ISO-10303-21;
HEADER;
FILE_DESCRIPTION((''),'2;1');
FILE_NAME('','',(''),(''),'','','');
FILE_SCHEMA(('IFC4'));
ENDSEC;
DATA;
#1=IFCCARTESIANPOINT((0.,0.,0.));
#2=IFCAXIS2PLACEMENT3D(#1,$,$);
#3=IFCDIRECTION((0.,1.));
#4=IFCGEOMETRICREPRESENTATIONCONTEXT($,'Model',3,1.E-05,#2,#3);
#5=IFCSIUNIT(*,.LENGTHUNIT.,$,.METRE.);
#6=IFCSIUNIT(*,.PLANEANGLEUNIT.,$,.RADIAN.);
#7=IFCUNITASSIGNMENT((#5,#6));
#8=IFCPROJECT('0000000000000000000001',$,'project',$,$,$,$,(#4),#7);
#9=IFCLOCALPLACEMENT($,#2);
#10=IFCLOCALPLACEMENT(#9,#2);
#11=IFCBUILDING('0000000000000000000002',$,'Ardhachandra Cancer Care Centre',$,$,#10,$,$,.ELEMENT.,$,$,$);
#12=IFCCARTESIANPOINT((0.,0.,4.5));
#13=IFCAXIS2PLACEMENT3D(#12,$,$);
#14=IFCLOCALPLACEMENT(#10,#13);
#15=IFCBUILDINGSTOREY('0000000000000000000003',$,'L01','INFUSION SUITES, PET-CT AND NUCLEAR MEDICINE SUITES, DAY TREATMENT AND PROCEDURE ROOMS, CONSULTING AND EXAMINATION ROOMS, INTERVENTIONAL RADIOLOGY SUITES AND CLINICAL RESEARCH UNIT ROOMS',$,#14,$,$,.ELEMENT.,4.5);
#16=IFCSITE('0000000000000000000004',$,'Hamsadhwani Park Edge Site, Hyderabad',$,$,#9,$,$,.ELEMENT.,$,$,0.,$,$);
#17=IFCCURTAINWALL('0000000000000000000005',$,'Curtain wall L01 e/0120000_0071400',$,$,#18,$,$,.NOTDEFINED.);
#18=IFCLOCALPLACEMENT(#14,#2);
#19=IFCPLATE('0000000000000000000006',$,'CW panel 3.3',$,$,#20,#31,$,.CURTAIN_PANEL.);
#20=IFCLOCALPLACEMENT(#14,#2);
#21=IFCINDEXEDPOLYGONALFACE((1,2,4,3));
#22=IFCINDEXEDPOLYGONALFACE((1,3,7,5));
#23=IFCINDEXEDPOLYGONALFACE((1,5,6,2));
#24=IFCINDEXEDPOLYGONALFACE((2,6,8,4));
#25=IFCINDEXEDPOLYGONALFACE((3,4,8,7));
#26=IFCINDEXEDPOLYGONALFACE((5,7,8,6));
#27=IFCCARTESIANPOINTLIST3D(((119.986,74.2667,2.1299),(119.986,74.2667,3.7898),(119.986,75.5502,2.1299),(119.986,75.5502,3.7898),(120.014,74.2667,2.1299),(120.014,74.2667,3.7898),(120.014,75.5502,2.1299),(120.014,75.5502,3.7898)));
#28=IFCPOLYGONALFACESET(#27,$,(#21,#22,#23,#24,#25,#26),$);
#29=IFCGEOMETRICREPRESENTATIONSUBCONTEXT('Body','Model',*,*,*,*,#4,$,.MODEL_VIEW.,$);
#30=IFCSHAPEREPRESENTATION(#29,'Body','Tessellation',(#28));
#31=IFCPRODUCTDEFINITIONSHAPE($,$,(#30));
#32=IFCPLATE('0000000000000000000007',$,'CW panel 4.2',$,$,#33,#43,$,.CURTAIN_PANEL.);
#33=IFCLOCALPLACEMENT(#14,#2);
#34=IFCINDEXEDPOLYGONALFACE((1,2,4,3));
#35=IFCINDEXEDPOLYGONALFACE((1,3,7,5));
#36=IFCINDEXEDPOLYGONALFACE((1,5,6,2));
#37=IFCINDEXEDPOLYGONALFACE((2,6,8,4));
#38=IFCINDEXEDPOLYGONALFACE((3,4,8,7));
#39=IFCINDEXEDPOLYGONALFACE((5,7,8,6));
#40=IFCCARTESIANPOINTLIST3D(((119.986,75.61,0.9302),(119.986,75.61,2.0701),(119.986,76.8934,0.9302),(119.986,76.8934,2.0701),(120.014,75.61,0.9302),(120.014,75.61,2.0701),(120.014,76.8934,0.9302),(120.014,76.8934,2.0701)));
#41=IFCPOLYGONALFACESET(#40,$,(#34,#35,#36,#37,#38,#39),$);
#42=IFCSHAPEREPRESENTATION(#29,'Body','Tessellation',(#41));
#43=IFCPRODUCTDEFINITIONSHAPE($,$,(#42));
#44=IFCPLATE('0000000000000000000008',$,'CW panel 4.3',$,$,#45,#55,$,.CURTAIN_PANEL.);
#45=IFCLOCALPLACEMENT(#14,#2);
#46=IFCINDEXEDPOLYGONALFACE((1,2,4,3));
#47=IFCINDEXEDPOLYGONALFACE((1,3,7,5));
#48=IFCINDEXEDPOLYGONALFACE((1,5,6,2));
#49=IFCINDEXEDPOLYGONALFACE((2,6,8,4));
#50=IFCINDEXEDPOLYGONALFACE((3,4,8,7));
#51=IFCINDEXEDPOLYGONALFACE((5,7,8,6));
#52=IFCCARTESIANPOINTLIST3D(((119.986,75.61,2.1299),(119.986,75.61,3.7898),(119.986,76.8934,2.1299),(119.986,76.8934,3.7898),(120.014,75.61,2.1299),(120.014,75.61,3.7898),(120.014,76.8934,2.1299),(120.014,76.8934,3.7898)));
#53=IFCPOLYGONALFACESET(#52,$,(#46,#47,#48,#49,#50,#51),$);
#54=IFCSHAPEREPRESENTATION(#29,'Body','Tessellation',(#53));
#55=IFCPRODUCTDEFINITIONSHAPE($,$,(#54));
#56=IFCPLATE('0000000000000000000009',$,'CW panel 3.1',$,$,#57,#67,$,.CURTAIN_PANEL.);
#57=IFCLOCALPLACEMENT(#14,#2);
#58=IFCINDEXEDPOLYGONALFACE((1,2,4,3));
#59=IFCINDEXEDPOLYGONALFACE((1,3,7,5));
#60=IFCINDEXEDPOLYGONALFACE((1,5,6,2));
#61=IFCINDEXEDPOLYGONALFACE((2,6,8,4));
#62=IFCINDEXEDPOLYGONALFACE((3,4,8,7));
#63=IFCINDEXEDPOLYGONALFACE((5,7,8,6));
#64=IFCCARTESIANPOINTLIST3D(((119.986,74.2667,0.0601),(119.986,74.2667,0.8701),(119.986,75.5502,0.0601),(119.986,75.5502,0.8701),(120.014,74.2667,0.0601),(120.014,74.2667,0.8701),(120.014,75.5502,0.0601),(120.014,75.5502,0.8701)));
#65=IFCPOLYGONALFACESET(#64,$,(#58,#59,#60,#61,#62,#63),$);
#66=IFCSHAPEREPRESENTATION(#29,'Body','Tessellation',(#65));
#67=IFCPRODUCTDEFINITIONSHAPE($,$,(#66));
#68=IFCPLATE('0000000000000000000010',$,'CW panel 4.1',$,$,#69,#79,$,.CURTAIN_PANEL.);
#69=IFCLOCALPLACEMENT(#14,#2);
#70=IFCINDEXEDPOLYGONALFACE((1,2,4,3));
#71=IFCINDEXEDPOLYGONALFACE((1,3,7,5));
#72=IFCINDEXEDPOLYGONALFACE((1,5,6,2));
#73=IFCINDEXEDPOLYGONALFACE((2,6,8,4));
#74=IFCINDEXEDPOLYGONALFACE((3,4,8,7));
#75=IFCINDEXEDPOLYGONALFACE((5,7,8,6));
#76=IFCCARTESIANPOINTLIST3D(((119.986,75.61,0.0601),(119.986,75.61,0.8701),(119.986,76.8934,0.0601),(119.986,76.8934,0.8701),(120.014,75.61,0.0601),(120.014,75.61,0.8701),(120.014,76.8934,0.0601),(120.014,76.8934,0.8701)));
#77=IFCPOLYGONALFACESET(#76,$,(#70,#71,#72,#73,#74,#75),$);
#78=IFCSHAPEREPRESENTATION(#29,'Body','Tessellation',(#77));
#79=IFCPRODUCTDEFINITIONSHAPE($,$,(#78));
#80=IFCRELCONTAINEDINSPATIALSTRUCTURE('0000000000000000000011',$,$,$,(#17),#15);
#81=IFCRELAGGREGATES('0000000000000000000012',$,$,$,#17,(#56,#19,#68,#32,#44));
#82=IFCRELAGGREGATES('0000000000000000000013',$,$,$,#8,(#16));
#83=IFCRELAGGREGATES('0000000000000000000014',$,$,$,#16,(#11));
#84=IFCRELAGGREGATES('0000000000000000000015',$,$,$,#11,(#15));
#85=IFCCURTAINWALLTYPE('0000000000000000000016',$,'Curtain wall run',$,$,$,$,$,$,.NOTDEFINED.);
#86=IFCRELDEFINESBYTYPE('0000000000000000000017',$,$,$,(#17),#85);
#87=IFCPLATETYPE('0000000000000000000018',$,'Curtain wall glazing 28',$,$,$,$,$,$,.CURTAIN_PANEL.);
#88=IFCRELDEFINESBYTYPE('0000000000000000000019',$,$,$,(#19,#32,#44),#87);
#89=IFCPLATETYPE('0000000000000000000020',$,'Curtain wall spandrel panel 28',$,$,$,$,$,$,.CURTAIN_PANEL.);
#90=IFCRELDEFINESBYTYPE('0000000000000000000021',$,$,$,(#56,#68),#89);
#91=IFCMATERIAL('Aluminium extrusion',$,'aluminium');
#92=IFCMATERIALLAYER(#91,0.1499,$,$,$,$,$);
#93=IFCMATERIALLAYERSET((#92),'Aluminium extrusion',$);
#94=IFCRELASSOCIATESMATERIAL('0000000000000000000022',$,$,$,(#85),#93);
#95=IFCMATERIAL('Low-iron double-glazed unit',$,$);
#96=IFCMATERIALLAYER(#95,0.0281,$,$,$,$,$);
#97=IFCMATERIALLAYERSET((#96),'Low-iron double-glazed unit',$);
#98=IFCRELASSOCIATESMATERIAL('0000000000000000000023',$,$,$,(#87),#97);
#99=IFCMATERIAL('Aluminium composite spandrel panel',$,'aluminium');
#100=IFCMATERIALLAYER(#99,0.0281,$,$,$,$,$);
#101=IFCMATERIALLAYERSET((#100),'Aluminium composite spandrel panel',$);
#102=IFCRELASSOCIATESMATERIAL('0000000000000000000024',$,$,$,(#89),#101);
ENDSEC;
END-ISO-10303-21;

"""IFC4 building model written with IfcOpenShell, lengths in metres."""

from ifc_helpers import new_model, si_unit, direction, frame, origin, origin_2d, place, context, subcontext, project, spatial, rectangle, extrude, material, layer, layer_set, type_object, element, aggregate, save


model = new_model("IFC4")

# Units and contexts
model_context = context("Model", 3, precision=1e-05, world=origin(), true_north=direction((0.0, 1.0)))
body_context = subcontext(model_context, "Body", "Model", "MODEL_VIEW")
ifc_project = project(units=[si_unit("LENGTHUNIT", "METRE"), si_unit("PLANEANGLEUNIT", "RADIAN")], contexts=[model_context])

# Site, building, storey
site_placement = place(None, origin())
site = spatial("IfcSite", under=ifc_project, at=site_placement, Name="Hamsadhwani Park Edge Site, Hyderabad", CompositionType="ELEMENT", RefElevation=0.0)
building_placement = place(site_placement, origin())
building = spatial("IfcBuilding", under=site, at=building_placement, Name="Ardhachandra Cancer Care Centre", CompositionType="ELEMENT")
storey_placement = place(building_placement, frame((0.0, 0.0, 4.5)))
storey = spatial("IfcBuildingStorey", under=building, at=storey_placement, Name="L01", Description="INFUSION SUITES, PET-CT AND NUCLEAR MEDICINE SUITES, DAY TREATMENT AND PROCEDURE ROOMS, CONSULTING AND EXAMINATION ROOMS, INTERVENTIONAL RADIOLOGY SUITES AND CLINICAL RESEARCH UNIT ROOMS", CompositionType="ELEMENT", Elevation=4.5)

# Curtain wall, plates
ifc_material_1 = material(Name="Aluminium extrusion", Category="aluminium")
ifc_layer_1 = layer(ifc_material_1, 0.1499)
ifc_layer_set_1 = layer_set([ifc_layer_1], Name="Aluminium extrusion")
curtain_wall_type = type_object("IfcCurtainWallType", Name="Curtain wall run", PredefinedType="NOTDEFINED", material=ifc_layer_set_1)
curtain_wall_placement = place(storey_placement, origin())
curtain_wall = element("IfcCurtainWall", 1, at=curtain_wall_placement, inside=storey, type_object=curtain_wall_type, Name="Curtain wall L01 e/0120000_0071400", PredefinedType="NOTDEFINED")
ifc_material_2 = material(Name="Low-iron double-glazed unit")
ifc_layer_2 = layer(ifc_material_2, 0.0281)
ifc_layer_set_2 = layer_set([ifc_layer_2], Name="Low-iron double-glazed unit")
plate_type_1 = type_object("IfcPlateType", Name="Curtain wall glazing 28", PredefinedType="CURTAIN_PANEL", material=ifc_layer_set_2)
plate_1_placement = place(storey_placement, frame((120.0, 74.9084, 2.1299), z_axis=(0.0, 0.0, 1.0), x_axis=(0.0, 1.0, 0.0)))
plate_1 = element("IfcPlate", 2, at=plate_1_placement, type_object=plate_type_1, Name="CW panel 3.3", PredefinedType="CURTAIN_PANEL", context=body_context, shape_type="SweptSolid", body=[
    extrude(rectangle(XDim=1.2834, YDim=0.0281, at=origin_2d()), origin(), (0.0, 0.0, 1.0), 1.6599),
])
plate_2_placement = place(storey_placement, frame((120.0, 76.2517, 0.9302), z_axis=(0.0, 0.0, 1.0), x_axis=(0.0, 1.0, 0.0)))
plate_2 = element("IfcPlate", 3, at=plate_2_placement, type_object=plate_type_1, Name="CW panel 4.2", PredefinedType="CURTAIN_PANEL", context=body_context, shape_type="SweptSolid", body=[
    extrude(rectangle(XDim=1.2834, YDim=0.0281, at=origin_2d()), origin(), (0.0, 0.0, 1.0), 1.1399),
])
plate_3_placement = place(storey_placement, frame((120.0, 76.2517, 2.1299), z_axis=(0.0, 0.0, 1.0), x_axis=(0.0, 1.0, 0.0)))
plate_3 = element("IfcPlate", 4, at=plate_3_placement, type_object=plate_type_1, Name="CW panel 4.3", PredefinedType="CURTAIN_PANEL", context=body_context, shape_type="SweptSolid", body=[
    extrude(rectangle(XDim=1.2834, YDim=0.0281, at=origin_2d()), origin(), (0.0, 0.0, 1.0), 1.6599),
])
ifc_material_3 = material(Name="Aluminium composite spandrel panel", Category="aluminium")
ifc_layer_3 = layer(ifc_material_3, 0.0281)
ifc_layer_set_3 = layer_set([ifc_layer_3], Name="Aluminium composite spandrel panel")
plate_type_2 = type_object("IfcPlateType", Name="Curtain wall spandrel panel 28", PredefinedType="CURTAIN_PANEL", material=ifc_layer_set_3)
plate_4_placement = place(storey_placement, frame((120.0, 74.9084, 0.0601), z_axis=(0.0, 0.0, 1.0), x_axis=(0.0, 1.0, 0.0)))
plate_4 = element("IfcPlate", 5, at=plate_4_placement, type_object=plate_type_2, Name="CW panel 3.1", PredefinedType="CURTAIN_PANEL", context=body_context, shape_type="SweptSolid", body=[
    extrude(rectangle(XDim=1.2834, YDim=0.0281, at=origin_2d()), origin(), (0.0, 0.0, 1.0), 0.8101),
])
plate_5_placement = place(storey_placement, frame((120.0, 76.2517, 0.0601), z_axis=(0.0, 0.0, 1.0), x_axis=(0.0, 1.0, 0.0)))
plate_5 = element("IfcPlate", 6, at=plate_5_placement, type_object=plate_type_2, Name="CW panel 4.1", PredefinedType="CURTAIN_PANEL", context=body_context, shape_type="SweptSolid", body=[
    extrude(rectangle(XDim=1.2834, YDim=0.0281, at=origin_2d()), origin(), (0.0, 0.0, 1.0), 0.8101),
])
aggregate(curtain_wall, [plate_4, plate_1, plate_5, plate_2, plate_3])

save(model, "model.ifc")
